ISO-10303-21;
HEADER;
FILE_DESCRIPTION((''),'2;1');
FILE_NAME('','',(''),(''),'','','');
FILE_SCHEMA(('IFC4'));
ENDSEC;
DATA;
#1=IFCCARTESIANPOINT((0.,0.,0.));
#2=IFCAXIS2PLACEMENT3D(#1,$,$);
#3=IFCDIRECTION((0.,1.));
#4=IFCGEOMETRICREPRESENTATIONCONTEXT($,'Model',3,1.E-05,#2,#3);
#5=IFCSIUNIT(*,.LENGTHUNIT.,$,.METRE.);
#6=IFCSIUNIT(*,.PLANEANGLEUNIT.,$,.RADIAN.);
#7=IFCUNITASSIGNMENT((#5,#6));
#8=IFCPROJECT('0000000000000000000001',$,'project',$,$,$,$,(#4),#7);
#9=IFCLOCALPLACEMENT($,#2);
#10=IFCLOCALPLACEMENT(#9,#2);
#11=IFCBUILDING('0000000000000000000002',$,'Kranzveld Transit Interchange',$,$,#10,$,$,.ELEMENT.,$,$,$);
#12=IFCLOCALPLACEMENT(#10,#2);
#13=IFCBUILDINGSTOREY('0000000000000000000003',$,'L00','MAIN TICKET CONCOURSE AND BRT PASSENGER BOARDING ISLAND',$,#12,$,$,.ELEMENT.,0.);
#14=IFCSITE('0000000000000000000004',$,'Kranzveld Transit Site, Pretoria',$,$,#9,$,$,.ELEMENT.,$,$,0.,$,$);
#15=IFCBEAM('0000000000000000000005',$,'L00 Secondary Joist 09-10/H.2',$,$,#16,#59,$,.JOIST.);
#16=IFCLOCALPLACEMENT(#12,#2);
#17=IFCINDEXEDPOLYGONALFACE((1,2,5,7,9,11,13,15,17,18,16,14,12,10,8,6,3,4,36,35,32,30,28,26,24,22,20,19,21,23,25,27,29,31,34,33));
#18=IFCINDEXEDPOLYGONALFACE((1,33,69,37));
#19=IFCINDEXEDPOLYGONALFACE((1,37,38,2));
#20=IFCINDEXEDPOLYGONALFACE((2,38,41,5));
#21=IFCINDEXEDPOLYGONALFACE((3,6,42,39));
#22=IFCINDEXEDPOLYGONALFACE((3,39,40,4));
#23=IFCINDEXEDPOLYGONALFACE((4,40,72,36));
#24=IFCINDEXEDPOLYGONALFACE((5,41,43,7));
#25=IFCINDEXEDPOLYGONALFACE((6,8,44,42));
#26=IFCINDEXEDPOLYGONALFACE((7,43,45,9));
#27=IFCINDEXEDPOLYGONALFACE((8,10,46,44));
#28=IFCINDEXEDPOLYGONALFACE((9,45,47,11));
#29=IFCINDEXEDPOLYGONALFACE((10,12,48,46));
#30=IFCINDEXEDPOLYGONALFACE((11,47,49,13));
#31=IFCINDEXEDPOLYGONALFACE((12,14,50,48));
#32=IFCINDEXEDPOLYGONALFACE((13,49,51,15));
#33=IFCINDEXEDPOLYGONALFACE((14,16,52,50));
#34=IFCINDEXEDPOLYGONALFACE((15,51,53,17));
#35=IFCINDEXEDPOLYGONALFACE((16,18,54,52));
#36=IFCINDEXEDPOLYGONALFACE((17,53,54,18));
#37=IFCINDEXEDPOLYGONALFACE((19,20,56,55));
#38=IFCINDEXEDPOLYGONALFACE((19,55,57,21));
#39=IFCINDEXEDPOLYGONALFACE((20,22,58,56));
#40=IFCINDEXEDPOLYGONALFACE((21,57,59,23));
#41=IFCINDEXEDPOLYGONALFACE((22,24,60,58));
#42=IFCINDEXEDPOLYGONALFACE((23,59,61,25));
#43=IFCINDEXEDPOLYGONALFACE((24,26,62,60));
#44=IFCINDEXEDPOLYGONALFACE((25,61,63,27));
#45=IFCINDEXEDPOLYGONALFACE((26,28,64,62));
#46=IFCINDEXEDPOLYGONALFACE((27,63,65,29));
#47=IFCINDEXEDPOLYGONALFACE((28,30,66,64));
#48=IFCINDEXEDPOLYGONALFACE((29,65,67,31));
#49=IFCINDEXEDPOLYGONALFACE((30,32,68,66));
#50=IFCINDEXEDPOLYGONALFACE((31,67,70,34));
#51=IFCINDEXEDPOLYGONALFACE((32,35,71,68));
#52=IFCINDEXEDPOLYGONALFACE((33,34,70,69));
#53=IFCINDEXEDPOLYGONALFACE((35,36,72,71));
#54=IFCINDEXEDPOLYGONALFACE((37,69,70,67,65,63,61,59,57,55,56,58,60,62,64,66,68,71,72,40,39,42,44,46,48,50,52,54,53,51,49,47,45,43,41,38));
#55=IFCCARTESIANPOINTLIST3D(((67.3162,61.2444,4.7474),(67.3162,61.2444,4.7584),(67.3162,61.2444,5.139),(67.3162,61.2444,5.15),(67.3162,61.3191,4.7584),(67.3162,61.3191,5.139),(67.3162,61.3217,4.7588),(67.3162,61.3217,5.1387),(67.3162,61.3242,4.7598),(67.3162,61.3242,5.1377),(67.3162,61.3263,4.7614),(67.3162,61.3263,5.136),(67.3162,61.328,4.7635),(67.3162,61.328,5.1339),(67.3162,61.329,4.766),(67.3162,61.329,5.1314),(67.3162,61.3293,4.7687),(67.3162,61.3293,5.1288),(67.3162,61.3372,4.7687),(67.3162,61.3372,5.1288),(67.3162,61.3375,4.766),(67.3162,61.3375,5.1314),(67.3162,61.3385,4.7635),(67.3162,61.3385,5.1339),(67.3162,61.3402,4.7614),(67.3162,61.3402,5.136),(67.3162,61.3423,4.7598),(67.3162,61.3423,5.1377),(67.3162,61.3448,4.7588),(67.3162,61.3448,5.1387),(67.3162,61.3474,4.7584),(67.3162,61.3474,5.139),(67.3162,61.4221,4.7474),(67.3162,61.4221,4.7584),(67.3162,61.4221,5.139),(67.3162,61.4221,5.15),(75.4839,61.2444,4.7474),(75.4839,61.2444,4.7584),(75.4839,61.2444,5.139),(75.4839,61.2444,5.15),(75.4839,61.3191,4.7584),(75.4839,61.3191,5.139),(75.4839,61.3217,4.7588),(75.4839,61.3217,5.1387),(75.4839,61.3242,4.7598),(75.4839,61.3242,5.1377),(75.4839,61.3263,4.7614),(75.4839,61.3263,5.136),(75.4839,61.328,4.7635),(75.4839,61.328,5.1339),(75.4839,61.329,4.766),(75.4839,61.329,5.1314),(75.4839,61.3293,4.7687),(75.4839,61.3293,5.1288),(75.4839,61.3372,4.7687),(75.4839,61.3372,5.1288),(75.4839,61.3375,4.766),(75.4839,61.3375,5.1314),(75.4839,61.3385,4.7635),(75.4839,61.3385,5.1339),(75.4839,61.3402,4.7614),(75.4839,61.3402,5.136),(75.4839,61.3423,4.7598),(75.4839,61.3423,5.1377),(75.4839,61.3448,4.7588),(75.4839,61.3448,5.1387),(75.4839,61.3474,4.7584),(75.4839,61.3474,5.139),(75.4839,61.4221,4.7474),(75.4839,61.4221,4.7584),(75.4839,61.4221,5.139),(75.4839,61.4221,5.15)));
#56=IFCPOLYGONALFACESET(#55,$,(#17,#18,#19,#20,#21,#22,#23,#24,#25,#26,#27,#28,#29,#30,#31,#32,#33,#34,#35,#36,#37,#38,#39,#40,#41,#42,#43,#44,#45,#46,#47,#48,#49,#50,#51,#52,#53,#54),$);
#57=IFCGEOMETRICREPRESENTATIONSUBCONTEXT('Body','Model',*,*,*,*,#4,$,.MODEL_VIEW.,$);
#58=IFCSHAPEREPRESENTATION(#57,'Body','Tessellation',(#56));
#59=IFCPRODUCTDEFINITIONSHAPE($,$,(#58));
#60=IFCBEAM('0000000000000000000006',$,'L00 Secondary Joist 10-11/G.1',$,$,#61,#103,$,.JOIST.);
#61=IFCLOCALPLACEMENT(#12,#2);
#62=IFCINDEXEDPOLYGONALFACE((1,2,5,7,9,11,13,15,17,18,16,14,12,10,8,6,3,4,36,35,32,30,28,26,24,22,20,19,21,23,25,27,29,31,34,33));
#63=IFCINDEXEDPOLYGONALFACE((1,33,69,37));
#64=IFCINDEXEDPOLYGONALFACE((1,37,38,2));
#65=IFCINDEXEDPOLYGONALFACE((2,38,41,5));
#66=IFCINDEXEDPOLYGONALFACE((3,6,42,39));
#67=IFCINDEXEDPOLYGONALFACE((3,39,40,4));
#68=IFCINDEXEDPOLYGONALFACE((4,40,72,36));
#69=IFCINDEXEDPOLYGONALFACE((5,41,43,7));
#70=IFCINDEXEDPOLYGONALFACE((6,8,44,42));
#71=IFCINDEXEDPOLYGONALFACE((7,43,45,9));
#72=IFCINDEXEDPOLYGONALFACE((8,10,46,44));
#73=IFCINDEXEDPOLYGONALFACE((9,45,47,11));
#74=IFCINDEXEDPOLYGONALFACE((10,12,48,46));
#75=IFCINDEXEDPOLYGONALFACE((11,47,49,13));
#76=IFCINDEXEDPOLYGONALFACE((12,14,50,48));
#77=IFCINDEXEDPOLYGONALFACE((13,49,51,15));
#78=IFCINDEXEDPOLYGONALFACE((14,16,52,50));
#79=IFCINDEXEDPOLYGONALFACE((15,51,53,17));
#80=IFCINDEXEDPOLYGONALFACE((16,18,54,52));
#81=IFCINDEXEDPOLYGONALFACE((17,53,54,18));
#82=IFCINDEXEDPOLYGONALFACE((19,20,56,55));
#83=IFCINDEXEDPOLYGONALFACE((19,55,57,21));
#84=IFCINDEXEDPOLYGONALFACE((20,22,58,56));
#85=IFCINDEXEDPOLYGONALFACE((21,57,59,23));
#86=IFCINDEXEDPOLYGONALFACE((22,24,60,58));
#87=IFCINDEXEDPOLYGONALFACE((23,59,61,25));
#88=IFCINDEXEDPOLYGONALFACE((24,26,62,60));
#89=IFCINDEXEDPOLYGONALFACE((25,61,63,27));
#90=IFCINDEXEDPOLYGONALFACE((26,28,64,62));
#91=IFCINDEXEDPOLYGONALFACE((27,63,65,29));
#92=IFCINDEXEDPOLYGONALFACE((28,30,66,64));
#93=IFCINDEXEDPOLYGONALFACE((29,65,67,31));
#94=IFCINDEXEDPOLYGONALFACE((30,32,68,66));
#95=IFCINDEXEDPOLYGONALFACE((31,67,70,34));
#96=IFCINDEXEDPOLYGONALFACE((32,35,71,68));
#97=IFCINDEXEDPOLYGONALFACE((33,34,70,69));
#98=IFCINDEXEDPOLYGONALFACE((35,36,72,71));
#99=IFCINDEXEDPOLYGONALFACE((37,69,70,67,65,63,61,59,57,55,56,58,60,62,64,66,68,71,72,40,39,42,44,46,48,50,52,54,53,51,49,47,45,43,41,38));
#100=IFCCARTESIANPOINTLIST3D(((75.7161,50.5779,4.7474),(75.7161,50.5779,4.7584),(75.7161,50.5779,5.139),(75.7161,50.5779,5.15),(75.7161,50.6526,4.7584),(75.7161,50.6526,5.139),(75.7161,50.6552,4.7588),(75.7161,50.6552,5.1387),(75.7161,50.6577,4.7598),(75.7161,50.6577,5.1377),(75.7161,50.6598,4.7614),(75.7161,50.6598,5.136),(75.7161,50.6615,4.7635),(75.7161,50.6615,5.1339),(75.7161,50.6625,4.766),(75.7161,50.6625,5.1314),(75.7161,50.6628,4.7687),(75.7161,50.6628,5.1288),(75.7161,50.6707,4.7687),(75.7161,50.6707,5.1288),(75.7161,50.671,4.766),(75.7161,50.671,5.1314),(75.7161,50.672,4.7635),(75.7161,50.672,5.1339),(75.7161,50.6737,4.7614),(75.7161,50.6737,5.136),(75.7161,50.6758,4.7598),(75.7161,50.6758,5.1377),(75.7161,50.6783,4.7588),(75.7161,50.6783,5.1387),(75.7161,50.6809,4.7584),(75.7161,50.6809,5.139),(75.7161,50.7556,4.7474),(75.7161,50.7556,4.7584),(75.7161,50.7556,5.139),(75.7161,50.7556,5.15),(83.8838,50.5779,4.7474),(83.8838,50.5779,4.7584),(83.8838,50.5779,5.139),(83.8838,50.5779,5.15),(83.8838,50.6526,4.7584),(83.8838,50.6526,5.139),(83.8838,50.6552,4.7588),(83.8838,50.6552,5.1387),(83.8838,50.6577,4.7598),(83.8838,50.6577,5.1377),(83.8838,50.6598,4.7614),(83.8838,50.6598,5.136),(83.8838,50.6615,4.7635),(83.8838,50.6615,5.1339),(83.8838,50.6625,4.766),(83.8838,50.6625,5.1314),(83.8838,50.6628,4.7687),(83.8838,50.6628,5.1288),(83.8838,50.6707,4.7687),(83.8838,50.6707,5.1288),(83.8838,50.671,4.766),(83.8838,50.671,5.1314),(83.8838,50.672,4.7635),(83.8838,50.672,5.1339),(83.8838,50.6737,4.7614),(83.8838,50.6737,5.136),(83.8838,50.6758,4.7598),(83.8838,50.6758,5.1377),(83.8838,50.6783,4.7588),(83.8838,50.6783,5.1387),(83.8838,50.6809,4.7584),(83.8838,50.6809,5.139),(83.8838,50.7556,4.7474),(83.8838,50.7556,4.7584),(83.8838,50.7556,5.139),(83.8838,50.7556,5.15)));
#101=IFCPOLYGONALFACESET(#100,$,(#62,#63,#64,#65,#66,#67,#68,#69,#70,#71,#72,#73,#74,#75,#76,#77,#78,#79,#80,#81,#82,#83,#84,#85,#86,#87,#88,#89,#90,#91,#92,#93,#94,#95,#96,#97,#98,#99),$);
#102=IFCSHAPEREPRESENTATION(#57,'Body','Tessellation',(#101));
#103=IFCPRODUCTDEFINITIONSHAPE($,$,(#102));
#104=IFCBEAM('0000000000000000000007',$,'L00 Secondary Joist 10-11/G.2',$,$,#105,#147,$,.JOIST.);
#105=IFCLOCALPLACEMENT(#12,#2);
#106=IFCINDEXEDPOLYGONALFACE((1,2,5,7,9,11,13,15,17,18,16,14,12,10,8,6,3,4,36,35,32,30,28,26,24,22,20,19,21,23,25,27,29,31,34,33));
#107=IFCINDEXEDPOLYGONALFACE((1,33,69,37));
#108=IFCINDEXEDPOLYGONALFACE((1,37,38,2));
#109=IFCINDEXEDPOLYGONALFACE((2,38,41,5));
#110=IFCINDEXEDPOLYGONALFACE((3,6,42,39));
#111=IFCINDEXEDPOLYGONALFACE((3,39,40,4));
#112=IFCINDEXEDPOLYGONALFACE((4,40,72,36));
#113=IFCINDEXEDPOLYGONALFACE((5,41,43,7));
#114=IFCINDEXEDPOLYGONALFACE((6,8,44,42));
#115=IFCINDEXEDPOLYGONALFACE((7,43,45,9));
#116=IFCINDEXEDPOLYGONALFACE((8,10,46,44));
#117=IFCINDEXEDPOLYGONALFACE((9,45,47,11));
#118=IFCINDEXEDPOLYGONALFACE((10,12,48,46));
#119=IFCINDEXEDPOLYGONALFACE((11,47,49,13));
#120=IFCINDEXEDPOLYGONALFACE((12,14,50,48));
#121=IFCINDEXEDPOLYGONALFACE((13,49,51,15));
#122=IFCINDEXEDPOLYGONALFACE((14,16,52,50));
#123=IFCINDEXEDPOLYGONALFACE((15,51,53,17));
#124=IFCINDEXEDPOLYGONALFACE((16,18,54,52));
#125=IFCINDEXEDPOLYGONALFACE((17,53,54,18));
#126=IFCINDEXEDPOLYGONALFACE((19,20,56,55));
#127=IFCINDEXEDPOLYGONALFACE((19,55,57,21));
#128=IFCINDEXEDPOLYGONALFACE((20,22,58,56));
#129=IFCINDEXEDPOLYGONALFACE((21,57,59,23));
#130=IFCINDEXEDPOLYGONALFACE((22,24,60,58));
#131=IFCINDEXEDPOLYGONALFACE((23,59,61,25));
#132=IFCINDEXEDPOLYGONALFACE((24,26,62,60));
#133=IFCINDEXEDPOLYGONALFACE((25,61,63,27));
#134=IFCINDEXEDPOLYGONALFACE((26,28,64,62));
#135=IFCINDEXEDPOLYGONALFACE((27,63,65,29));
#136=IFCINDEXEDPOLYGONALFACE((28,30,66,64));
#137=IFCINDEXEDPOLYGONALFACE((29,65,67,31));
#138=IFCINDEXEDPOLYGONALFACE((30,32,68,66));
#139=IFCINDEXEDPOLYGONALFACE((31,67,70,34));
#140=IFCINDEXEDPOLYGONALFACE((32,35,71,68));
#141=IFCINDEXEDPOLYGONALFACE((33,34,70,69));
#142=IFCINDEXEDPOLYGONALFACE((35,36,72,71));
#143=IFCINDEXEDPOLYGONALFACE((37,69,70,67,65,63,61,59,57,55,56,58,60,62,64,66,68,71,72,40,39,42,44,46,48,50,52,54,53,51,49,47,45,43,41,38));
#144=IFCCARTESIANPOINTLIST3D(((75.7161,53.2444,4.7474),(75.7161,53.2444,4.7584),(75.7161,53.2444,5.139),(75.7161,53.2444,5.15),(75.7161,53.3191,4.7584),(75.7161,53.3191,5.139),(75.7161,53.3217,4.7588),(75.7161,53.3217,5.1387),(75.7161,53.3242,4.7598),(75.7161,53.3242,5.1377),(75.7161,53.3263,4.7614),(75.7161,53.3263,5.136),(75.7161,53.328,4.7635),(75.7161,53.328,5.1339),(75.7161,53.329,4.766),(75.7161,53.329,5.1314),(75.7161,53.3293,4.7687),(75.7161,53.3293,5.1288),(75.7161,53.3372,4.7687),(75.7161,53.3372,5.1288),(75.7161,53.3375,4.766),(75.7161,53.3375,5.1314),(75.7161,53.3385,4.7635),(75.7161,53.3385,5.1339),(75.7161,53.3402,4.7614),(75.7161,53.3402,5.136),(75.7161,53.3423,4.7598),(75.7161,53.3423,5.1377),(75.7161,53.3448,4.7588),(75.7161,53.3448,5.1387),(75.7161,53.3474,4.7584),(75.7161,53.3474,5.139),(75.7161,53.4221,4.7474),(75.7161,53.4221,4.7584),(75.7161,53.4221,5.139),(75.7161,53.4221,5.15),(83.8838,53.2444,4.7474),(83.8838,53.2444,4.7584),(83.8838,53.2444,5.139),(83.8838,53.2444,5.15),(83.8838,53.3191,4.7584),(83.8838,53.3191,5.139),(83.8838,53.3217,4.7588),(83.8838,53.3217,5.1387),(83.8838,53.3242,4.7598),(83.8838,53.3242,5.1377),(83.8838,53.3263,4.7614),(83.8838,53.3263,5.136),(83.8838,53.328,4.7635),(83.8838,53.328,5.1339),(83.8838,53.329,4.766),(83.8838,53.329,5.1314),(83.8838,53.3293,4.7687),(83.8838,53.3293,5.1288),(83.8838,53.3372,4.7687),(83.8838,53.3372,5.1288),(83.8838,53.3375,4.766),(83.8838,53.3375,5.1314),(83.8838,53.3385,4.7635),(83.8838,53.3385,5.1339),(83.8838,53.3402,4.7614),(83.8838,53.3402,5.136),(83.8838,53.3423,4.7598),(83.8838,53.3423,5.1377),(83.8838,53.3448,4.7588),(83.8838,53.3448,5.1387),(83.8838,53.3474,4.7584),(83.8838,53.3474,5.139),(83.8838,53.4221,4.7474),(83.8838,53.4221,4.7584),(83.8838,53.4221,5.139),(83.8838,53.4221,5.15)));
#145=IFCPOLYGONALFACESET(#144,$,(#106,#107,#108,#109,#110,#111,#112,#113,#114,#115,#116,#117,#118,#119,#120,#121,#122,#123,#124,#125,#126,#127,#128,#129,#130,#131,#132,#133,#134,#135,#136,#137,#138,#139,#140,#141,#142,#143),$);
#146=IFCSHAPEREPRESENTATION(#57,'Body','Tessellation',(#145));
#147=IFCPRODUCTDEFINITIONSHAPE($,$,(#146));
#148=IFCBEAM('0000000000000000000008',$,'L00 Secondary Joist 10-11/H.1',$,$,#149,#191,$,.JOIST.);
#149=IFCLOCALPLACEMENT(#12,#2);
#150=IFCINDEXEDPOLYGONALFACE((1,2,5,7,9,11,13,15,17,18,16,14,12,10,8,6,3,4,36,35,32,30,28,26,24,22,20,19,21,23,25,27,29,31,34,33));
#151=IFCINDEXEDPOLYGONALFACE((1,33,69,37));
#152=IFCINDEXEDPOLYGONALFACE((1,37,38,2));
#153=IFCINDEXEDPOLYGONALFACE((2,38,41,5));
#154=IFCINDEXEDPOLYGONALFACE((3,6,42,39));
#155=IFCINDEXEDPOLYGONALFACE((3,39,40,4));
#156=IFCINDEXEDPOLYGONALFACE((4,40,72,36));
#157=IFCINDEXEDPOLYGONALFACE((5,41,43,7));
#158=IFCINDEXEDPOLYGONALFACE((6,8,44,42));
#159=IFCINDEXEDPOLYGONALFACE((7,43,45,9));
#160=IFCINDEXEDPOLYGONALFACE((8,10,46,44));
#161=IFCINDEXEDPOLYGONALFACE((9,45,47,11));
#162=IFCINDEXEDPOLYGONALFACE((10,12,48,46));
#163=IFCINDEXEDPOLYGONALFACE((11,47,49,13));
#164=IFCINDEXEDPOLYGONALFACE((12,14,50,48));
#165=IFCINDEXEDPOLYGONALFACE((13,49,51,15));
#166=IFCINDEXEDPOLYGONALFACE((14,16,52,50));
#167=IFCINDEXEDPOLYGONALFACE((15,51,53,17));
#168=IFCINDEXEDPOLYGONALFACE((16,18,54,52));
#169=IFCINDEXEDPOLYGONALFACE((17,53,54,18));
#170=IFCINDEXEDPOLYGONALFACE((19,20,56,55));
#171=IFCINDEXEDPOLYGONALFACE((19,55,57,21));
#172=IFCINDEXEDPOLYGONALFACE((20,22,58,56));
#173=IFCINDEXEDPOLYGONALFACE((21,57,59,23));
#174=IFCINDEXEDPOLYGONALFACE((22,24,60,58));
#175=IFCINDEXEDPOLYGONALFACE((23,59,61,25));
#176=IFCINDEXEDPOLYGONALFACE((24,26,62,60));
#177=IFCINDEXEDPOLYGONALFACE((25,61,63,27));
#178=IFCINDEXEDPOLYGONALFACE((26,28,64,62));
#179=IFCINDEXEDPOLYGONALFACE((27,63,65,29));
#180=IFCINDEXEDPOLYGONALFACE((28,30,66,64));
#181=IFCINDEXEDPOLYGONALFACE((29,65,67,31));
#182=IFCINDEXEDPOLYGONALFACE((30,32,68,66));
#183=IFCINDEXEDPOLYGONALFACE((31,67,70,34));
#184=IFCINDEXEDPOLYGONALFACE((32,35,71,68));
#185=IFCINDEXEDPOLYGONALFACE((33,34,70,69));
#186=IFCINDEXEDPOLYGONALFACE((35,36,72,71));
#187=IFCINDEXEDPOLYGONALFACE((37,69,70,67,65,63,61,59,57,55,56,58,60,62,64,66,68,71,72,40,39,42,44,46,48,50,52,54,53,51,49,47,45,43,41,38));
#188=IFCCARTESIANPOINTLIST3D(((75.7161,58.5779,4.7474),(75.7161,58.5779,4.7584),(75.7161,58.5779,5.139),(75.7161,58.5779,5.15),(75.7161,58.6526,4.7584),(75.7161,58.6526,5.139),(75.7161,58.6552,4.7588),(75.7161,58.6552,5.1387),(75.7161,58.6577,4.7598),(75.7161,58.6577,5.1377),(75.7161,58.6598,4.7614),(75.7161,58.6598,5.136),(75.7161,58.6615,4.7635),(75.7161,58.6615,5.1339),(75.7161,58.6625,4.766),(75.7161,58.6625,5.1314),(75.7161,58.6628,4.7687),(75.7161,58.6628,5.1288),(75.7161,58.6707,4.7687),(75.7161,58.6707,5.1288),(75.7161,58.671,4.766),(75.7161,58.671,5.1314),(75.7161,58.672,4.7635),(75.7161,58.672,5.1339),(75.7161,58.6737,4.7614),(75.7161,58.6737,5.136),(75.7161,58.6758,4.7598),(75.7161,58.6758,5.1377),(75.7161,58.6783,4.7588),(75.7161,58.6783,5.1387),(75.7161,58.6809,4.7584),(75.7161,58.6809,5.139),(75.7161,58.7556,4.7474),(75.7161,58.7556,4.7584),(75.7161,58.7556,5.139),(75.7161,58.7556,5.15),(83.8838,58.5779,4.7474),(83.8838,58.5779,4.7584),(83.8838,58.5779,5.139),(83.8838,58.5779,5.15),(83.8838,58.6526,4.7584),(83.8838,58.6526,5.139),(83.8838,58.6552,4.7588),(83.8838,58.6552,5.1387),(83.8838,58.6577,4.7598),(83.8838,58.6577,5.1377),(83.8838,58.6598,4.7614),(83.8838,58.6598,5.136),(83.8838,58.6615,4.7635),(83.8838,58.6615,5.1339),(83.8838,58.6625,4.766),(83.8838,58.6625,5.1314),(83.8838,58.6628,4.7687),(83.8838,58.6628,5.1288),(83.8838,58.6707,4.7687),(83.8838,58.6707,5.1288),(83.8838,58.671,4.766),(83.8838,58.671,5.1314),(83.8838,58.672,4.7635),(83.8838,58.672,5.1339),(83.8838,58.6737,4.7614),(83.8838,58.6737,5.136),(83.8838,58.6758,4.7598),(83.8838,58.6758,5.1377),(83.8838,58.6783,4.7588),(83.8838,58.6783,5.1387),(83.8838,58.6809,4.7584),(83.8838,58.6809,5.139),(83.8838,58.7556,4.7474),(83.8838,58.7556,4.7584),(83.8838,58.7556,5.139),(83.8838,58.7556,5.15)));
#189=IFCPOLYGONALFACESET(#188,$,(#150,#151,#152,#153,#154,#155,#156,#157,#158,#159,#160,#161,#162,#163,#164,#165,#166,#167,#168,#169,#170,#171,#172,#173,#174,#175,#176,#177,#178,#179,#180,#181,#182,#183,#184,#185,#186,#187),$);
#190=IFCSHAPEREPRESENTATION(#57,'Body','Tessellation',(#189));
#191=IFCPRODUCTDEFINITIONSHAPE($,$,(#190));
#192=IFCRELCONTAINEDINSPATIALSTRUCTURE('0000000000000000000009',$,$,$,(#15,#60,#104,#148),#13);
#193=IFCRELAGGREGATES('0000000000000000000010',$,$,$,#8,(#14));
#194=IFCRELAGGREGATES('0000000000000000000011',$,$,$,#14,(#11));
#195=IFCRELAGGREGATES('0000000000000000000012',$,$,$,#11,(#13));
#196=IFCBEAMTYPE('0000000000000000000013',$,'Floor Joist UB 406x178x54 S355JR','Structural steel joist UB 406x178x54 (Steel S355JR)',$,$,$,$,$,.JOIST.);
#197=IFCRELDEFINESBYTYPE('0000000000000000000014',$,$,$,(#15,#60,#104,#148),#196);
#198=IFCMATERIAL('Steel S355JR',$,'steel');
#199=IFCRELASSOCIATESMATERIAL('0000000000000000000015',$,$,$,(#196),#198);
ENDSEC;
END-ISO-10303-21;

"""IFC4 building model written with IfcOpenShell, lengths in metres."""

from ifc_helpers import new_model, si_unit, direction, frame, origin, origin_2d, place, context, subcontext, project, spatial, i_section, extrude, material, material_profile, profile_set, type_object, element, save


model = new_model("IFC4")

# Units and contexts
model_context = context("Model", 3, precision=1e-05, world=origin(), true_north=direction((0.0, 1.0)))
body_context = subcontext(model_context, "Body", "Model", "MODEL_VIEW")
ifc_project = project(units=[si_unit("LENGTHUNIT", "METRE"), si_unit("PLANEANGLEUNIT", "RADIAN")], contexts=[model_context])

# Site, building, storey
site_placement = place(None, origin())
site = spatial("IfcSite", under=ifc_project, at=site_placement, Name="Kranzveld Transit Site, Pretoria", CompositionType="ELEMENT", RefElevation=0.0)
building_placement = place(site_placement, origin())
building = spatial("IfcBuilding", under=site, at=building_placement, Name="Kranzveld Transit Interchange", CompositionType="ELEMENT")
storey_placement = place(building_placement, origin())
storey = spatial("IfcBuildingStorey", under=building, at=storey_placement, Name="L00", Description="MAIN TICKET CONCOURSE AND BRT PASSENGER BOARDING ISLAND", CompositionType="ELEMENT", Elevation=0.0)

# Beams
ifc_material_1 = material(Name="Steel S355JR", Category="steel")
ifc_material_profile_1 = material_profile(ifc_material_1, i_section(OverallWidth=0.1777, OverallDepth=0.4026, WebThickness=0.0078, FlangeThickness=0.011, FilletRadius=0.0103, at=origin_2d()), Name="UB 406x178x54")
ifc_profile_set_1 = profile_set([ifc_material_profile_1], Name="Steel S355JR")
beam_type_1 = type_object("IfcBeamType", Name="Floor Joist UB 406x178x54 S355JR", Description="Structural steel joist UB 406x178x54 (Steel S355JR)", PredefinedType="JOIST", material=ifc_profile_set_1)
for number, where, z_axis, x_axis, name in (
    (1, (67.3162, 61.3333, 4.9487), (1.0, 0.0, 0.0), (0.0, 1.0, 0.0), "L00 Secondary Joist 09-10/H.2"),
    (2, (75.7161, 50.6667, 4.9487), (1.0, 0.0, 0.0), (0.0, 1.0, 0.0), "L00 Secondary Joist 10-11/G.1"),
    (3, (75.7161, 53.3333, 4.9487), (1.0, 0.0, 0.0), (0.0, 1.0, 0.0), "L00 Secondary Joist 10-11/G.2"),
    (4, (75.7161, 58.6667, 4.9487), (1.0, 0.0, 0.0), (0.0, 1.0, 0.0), "L00 Secondary Joist 10-11/H.1"),
):
    element("IfcBeam", number, at=place(storey_placement, frame(where, z_axis=z_axis, x_axis=x_axis)), inside=storey, type_object=beam_type_1, Name=name, PredefinedType="JOIST", context=body_context, shape_type="SweptSolid", body=[
        extrude(i_section(OverallWidth=0.1777, OverallDepth=0.4026, WebThickness=0.0078, FlangeThickness=0.011, FilletRadius=0.0103, at=origin_2d()), origin(), (0.0, 0.0, 1.0), 8.1677),
    ])

save(model, "model.ifc")
